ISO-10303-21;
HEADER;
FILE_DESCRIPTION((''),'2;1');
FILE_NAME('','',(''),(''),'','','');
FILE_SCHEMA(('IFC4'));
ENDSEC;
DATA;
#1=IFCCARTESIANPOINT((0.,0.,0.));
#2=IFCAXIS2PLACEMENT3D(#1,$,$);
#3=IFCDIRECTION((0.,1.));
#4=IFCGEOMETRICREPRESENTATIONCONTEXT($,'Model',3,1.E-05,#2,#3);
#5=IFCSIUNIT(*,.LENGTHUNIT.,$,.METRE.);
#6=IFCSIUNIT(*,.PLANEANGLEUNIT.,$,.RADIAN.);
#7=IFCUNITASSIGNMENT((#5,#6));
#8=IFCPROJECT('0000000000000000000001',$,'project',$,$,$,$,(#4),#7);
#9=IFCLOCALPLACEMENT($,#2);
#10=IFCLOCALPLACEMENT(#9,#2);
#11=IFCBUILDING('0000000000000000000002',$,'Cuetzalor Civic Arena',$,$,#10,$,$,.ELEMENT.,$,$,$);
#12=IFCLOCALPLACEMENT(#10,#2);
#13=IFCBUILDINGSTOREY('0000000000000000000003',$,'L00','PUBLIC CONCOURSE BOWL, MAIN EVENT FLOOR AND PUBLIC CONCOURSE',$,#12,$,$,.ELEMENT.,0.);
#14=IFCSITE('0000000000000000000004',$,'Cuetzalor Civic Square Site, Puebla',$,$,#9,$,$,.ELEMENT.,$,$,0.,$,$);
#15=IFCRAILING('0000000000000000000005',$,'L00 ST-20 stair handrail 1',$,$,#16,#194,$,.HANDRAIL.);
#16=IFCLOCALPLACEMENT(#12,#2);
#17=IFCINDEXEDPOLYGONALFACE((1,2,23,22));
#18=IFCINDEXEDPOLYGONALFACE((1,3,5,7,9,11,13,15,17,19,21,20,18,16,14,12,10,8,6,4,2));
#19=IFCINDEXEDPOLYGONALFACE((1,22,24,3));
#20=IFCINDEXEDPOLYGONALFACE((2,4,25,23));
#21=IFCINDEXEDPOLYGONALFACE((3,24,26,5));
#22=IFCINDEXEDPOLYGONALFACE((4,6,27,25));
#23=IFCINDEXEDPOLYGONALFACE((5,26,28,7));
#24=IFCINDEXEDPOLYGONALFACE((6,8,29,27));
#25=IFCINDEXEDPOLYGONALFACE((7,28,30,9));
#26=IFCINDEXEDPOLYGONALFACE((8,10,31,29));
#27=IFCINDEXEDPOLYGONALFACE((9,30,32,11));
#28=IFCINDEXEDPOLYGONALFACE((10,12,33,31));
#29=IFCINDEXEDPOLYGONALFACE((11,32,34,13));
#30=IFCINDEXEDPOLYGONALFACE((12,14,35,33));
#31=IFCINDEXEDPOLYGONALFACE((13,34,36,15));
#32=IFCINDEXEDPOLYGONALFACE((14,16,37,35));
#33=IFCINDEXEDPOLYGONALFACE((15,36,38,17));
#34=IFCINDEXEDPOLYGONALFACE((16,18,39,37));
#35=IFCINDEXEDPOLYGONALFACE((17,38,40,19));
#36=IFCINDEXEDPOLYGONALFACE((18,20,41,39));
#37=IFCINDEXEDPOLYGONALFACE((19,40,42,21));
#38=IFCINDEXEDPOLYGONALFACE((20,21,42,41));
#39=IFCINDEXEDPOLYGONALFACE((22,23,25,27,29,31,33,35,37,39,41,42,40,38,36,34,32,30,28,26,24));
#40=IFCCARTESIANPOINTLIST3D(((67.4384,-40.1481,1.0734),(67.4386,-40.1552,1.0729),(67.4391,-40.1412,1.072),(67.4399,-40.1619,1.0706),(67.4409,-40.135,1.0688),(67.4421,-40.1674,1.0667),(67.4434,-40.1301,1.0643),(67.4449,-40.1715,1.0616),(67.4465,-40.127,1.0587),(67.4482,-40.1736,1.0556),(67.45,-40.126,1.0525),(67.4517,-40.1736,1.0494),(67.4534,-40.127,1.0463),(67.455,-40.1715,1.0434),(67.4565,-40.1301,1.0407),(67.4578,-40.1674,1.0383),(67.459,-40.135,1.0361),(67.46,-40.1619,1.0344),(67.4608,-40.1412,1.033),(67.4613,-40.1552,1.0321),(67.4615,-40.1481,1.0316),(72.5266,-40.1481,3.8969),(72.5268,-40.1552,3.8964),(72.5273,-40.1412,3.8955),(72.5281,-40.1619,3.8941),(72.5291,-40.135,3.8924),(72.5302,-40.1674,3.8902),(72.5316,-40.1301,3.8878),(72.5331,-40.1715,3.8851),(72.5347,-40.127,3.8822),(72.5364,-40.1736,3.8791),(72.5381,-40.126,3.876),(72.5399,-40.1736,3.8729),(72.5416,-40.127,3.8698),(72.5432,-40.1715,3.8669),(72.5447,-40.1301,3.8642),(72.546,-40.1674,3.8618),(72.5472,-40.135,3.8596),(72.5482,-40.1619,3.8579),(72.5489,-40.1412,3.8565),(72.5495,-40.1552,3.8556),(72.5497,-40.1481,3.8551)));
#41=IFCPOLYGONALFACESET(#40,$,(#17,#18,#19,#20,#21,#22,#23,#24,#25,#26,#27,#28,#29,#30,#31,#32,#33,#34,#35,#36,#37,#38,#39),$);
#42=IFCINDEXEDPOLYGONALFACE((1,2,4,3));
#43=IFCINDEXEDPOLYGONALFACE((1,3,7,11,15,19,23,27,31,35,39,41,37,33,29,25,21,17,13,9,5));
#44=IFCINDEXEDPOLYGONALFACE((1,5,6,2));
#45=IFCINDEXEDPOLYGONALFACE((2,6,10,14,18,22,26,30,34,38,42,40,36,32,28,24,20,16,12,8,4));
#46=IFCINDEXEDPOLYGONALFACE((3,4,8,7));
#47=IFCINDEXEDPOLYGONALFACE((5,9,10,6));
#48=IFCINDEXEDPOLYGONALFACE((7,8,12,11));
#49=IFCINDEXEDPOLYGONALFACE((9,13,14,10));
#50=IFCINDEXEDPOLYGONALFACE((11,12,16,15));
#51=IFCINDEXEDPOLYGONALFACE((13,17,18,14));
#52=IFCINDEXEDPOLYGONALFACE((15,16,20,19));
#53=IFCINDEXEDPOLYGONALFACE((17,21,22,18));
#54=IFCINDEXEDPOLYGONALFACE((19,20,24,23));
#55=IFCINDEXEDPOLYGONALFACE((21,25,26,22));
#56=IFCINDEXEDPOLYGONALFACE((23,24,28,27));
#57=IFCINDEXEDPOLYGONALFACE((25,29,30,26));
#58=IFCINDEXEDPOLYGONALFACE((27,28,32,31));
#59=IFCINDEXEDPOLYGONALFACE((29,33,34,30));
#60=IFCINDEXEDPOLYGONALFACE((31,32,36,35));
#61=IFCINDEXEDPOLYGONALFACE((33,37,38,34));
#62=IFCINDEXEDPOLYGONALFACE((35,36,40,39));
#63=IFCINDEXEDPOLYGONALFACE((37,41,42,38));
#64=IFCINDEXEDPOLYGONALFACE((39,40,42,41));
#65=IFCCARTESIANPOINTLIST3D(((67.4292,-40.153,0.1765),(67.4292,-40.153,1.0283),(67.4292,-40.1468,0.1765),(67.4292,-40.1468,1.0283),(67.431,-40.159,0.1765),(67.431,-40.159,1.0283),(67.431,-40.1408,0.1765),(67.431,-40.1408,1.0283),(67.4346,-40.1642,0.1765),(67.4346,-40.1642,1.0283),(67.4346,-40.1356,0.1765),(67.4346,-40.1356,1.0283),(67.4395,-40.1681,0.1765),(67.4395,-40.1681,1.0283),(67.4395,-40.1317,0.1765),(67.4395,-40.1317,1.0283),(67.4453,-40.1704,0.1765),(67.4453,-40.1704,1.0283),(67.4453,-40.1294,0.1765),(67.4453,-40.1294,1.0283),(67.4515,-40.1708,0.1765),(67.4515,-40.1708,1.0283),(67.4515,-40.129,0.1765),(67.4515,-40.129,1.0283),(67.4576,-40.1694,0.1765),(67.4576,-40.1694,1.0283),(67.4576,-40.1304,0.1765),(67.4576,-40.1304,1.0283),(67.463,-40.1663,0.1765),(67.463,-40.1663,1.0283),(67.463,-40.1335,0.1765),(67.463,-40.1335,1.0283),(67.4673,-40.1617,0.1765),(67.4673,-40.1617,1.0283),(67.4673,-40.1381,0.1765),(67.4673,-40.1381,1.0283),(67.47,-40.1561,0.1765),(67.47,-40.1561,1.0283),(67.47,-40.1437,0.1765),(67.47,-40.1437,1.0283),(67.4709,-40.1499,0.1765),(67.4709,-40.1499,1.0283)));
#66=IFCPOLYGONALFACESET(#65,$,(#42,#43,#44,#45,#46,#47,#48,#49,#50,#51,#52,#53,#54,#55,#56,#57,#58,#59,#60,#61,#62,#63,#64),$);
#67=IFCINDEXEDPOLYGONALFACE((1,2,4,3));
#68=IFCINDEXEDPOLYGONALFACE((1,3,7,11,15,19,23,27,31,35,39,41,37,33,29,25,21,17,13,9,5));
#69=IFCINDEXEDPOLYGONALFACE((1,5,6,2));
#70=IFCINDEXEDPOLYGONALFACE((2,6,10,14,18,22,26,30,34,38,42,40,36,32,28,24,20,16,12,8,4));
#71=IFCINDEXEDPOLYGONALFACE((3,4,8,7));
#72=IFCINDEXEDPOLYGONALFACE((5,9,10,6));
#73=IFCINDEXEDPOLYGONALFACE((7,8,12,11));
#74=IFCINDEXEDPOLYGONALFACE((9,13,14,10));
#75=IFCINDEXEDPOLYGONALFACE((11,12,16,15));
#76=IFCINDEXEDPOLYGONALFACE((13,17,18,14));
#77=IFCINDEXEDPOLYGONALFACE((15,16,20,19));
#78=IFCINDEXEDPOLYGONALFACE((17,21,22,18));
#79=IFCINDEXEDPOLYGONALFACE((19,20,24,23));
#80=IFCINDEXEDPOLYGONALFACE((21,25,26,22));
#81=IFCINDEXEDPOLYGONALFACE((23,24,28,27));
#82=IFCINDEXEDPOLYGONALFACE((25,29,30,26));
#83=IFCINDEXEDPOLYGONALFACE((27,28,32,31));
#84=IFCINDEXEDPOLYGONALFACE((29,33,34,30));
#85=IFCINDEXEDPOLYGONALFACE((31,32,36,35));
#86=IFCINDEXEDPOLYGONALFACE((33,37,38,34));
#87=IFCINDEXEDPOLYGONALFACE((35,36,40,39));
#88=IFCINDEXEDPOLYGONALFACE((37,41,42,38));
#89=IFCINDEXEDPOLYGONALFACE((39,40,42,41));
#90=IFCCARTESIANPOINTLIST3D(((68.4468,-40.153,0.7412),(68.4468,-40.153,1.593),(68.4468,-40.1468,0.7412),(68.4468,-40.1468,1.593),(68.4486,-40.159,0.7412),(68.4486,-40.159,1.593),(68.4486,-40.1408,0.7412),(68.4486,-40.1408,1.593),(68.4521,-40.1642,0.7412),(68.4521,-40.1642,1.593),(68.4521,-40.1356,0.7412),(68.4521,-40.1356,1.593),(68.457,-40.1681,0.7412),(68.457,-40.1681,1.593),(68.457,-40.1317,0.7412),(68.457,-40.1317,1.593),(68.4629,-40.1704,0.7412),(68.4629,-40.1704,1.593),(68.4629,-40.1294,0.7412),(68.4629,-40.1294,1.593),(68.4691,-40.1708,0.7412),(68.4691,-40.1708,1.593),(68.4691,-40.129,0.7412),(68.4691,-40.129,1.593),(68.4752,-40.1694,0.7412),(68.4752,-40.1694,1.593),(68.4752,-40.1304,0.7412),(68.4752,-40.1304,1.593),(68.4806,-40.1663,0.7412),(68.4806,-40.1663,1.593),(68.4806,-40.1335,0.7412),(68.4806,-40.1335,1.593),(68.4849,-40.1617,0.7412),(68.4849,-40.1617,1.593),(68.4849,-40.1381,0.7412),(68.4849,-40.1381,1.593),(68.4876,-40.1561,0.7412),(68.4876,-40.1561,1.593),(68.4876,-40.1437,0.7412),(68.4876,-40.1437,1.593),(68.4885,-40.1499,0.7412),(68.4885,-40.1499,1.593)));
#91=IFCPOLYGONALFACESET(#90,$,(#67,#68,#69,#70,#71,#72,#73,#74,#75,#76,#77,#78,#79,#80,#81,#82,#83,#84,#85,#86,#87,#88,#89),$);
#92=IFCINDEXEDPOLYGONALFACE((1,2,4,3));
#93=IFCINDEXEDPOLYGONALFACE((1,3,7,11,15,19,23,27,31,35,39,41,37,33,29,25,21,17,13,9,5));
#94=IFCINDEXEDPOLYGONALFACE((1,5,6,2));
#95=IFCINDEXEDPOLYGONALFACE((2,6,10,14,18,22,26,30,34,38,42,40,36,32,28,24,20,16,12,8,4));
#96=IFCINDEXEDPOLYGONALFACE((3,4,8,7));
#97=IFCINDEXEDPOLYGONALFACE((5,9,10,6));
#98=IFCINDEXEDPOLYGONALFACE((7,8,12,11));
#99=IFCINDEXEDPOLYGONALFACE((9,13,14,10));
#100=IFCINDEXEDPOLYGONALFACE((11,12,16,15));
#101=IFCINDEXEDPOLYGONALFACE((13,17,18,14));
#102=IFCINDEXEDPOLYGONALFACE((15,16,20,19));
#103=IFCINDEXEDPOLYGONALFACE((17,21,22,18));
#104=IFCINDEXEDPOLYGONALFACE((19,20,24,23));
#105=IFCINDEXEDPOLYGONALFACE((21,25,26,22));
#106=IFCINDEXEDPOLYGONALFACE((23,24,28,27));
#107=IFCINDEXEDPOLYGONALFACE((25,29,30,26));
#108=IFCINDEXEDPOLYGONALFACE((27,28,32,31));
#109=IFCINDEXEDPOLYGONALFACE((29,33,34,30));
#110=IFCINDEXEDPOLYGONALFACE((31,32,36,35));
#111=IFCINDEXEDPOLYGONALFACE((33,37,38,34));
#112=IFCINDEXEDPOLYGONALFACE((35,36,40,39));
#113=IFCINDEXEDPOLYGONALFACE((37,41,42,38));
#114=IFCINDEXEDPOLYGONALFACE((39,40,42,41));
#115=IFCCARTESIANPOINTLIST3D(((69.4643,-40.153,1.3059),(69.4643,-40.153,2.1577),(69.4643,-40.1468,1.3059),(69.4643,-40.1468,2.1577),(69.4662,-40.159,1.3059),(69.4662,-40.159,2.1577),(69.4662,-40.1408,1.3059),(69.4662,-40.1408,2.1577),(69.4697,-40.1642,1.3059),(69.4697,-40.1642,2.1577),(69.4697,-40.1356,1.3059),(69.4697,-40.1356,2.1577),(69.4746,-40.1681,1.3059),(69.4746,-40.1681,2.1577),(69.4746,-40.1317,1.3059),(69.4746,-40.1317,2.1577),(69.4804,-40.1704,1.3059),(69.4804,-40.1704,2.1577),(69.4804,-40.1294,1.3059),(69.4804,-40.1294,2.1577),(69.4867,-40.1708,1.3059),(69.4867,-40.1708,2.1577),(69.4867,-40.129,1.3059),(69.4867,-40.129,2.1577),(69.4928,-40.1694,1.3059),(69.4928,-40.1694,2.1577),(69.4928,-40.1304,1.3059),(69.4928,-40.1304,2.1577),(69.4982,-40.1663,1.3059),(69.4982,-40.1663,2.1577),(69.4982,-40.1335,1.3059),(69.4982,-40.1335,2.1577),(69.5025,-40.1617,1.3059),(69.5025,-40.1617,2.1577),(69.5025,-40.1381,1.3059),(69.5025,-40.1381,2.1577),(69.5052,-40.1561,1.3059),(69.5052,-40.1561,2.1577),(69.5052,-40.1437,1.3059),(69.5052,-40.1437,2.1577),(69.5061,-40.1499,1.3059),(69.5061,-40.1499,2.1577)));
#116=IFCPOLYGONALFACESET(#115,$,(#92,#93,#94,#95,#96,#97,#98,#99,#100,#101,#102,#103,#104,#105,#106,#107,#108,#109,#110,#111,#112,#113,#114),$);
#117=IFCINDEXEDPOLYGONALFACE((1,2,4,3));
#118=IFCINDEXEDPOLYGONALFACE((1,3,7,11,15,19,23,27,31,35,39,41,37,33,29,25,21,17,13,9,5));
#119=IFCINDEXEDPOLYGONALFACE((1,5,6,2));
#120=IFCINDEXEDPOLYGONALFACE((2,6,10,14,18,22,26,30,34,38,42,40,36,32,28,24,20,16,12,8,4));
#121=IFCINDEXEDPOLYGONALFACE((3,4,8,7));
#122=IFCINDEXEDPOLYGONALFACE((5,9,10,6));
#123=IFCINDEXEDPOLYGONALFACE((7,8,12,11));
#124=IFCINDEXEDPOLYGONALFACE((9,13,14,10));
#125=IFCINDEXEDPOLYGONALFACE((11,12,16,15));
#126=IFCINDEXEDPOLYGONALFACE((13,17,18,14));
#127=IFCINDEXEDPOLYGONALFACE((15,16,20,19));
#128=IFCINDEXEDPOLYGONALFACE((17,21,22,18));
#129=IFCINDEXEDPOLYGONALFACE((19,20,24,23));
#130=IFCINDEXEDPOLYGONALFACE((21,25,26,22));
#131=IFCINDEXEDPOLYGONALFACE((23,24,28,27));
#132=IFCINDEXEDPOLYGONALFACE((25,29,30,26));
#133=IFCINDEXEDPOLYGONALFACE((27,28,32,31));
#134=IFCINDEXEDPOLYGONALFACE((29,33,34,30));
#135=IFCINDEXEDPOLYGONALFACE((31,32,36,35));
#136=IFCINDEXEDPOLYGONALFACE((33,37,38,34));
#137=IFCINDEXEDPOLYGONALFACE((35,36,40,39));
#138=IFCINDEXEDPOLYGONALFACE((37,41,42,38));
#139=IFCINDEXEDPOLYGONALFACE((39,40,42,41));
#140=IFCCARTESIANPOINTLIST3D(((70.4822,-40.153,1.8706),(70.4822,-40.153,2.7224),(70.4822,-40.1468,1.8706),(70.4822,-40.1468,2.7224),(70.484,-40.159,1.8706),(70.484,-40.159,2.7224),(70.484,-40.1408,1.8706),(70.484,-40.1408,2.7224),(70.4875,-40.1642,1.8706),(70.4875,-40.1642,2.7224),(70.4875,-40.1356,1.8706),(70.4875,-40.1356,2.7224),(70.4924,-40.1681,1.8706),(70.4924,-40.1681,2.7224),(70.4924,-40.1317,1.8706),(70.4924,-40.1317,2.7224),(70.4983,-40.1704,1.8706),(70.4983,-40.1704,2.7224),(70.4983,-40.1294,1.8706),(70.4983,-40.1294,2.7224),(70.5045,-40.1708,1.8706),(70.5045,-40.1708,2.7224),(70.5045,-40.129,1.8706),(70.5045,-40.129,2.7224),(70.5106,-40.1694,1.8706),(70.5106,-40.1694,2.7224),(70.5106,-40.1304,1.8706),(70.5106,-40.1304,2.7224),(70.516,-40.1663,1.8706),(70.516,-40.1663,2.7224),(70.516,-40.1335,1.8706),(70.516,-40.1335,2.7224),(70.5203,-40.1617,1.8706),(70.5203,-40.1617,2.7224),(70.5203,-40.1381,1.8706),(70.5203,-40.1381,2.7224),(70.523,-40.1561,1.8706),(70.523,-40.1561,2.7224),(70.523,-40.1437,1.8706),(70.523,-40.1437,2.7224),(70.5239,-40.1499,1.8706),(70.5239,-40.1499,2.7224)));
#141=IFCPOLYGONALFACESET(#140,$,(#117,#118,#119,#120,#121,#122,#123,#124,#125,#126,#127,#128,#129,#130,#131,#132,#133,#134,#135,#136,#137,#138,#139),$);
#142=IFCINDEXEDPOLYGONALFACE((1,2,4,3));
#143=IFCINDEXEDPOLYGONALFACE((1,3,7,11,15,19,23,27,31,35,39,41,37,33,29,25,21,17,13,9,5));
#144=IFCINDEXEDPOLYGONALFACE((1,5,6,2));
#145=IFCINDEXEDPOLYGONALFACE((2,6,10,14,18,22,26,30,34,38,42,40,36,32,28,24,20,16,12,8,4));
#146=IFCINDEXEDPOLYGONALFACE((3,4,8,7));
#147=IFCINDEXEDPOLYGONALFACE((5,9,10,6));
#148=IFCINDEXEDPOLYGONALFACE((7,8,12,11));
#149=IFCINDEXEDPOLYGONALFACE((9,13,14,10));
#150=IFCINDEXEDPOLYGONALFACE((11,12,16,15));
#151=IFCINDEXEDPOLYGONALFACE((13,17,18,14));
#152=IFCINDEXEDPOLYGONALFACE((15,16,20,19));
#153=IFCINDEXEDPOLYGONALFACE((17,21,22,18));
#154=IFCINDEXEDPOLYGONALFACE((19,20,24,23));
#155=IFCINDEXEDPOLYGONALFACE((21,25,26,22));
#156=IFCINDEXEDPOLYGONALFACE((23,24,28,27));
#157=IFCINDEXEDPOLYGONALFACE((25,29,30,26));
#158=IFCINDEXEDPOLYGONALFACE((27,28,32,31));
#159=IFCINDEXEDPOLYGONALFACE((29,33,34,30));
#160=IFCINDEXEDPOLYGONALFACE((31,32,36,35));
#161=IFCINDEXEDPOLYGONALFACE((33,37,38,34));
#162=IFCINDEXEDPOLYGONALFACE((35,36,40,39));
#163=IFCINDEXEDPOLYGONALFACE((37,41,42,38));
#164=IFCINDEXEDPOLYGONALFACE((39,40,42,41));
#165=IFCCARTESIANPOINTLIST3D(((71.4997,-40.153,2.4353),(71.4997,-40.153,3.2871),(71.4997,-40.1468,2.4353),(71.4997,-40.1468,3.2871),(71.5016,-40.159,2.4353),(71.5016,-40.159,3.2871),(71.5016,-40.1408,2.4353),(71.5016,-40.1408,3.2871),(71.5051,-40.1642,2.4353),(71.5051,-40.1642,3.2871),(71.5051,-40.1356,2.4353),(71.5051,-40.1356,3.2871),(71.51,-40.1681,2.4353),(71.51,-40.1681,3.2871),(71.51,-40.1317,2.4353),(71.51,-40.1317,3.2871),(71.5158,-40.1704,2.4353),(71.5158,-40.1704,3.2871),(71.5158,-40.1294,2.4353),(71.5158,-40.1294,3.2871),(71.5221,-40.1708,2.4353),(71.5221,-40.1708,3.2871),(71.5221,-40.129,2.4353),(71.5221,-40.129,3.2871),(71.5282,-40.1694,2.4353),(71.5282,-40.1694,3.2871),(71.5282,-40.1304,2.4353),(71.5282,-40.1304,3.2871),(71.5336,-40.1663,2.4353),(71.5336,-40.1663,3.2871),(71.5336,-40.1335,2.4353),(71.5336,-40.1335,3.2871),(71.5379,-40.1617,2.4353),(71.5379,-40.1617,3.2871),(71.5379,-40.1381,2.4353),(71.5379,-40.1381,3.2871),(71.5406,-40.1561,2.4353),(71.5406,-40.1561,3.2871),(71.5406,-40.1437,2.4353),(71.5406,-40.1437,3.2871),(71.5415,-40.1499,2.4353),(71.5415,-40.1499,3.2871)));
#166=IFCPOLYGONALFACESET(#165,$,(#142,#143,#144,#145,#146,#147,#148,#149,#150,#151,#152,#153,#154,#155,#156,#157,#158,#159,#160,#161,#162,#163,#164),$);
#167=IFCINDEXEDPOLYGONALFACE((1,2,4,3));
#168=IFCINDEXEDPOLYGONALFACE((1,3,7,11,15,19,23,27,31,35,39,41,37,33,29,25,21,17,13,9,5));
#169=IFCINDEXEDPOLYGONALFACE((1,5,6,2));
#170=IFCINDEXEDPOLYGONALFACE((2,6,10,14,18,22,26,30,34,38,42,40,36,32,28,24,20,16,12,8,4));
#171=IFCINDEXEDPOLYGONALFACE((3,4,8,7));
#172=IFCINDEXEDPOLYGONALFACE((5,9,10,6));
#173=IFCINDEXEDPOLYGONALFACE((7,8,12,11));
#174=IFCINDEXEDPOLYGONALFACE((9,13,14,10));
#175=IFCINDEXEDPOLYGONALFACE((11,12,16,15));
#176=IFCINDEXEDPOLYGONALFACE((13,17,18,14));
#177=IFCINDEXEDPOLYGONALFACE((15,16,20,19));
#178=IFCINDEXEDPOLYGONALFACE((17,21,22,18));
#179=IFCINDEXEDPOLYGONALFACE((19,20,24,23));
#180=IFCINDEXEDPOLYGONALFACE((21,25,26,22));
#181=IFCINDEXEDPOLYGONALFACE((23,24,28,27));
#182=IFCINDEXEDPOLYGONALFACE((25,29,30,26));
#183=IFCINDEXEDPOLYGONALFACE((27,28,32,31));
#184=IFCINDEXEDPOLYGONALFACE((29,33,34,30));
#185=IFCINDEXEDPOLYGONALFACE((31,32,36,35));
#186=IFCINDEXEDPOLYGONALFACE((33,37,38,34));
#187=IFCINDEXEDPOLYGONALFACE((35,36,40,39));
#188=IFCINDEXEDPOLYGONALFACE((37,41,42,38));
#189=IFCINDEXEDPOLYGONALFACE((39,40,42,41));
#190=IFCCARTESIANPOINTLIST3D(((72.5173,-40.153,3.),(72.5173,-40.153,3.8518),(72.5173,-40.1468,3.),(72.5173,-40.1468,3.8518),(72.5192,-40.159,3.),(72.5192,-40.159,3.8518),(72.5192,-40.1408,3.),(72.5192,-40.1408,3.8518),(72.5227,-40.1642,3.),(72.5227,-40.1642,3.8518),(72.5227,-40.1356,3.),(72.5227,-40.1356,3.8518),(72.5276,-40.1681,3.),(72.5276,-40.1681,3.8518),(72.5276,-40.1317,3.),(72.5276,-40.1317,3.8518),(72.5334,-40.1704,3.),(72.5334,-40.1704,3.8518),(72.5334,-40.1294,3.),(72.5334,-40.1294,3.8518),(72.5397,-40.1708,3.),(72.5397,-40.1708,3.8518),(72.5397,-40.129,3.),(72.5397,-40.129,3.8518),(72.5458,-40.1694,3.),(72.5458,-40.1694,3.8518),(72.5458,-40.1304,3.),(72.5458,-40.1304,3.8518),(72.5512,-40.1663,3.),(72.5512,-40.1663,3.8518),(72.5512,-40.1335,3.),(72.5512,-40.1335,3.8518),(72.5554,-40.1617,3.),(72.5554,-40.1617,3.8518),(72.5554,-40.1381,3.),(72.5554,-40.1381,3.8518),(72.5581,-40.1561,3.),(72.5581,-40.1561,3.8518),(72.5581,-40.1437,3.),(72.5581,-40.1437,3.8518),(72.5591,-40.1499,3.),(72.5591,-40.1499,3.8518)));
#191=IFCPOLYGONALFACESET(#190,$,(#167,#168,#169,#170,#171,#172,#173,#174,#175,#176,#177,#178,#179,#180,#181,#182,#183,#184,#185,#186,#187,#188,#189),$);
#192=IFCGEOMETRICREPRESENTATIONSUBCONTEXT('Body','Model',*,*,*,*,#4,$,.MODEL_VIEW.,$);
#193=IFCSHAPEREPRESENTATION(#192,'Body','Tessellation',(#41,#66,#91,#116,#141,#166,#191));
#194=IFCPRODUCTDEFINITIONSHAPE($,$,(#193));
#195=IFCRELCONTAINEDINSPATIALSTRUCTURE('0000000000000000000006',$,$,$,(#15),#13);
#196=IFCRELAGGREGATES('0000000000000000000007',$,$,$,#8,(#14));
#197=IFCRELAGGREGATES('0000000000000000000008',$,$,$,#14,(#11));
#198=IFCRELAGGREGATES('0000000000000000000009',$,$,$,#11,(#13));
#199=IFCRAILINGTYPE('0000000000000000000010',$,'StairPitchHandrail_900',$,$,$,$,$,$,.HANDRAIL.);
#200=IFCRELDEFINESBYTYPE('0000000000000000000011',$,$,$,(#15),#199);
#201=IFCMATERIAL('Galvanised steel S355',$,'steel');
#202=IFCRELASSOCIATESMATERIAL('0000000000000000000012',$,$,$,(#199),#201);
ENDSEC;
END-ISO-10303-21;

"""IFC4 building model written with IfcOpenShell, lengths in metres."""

from ifc_helpers import new_model, si_unit, direction, frame, origin, origin_2d, place, context, subcontext, project, spatial, circle, extrude, material, type_object, element, save


model = new_model("IFC4")

# Units and contexts
model_context = context("Model", 3, precision=1e-05, world=origin(), true_north=direction((0.0, 1.0)))
body_context = subcontext(model_context, "Body", "Model", "MODEL_VIEW")
ifc_project = project(units=[si_unit("LENGTHUNIT", "METRE"), si_unit("PLANEANGLEUNIT", "RADIAN")], contexts=[model_context])

# Site, building, storey
site_placement = place(None, origin())
site = spatial("IfcSite", under=ifc_project, at=site_placement, Name="Cuetzalor Civic Square Site, Puebla", CompositionType="ELEMENT", RefElevation=0.0)
building_placement = place(site_placement, origin())
building = spatial("IfcBuilding", under=site, at=building_placement, Name="Cuetzalor Civic Arena", CompositionType="ELEMENT")
storey_placement = place(building_placement, origin())
storey = spatial("IfcBuildingStorey", under=building, at=storey_placement, Name="L00", Description="PUBLIC CONCOURSE BOWL, MAIN EVENT FLOOR AND PUBLIC CONCOURSE", CompositionType="ELEMENT", Elevation=0.0)

# Railing
ifc_material_1 = material(Name="Galvanised steel S355", Category="steel")
railing_type_1 = type_object("IfcRailingType", Name="StairPitchHandrail_900", PredefinedType="HANDRAIL", material=ifc_material_1)
railing_1_placement = place(storey_placement, frame((67.45, -40.1499, 0.1765)))
element("IfcRailing", 1, at=railing_1_placement, inside=storey, type_object=railing_type_1, Name="L00 ST-20 stair handrail 1", PredefinedType="HANDRAIL", context=body_context, shape_type="SweptSolid", body=[
    extrude(circle(Radius=0.0239, at=origin_2d()), frame((0.0, 0.0, 0.876), z_axis=(0.874395, 0.0, 0.485215), x_axis=(0.0, 1.0, 0.0)), (0.0, 0.0, 1.0), 5.8191),
    extrude(circle(Radius=0.021, at=origin_2d()), origin(), (0.0, 0.0, 1.0), 0.8518),
    extrude(circle(Radius=0.021, at=origin_2d()), frame((1.0176, 0.0, 0.5647)), (0.0, 0.0, 1.0), 0.8518),
    extrude(circle(Radius=0.021, at=origin_2d()), frame((2.0352, 0.0, 1.1294)), (0.0, 0.0, 1.0), 0.8518),
    extrude(circle(Radius=0.021, at=origin_2d()), frame((3.053, 0.0, 1.6941)), (0.0, 0.0, 1.0), 0.8518),
    extrude(circle(Radius=0.021, at=origin_2d()), frame((4.0706, 0.0, 2.2588)), (0.0, 0.0, 1.0), 0.8518),
    extrude(circle(Radius=0.021, at=origin_2d()), frame((5.0881, 0.0, 2.8235)), (0.0, 0.0, 1.0), 0.8518),
])

save(model, "model.ifc")
